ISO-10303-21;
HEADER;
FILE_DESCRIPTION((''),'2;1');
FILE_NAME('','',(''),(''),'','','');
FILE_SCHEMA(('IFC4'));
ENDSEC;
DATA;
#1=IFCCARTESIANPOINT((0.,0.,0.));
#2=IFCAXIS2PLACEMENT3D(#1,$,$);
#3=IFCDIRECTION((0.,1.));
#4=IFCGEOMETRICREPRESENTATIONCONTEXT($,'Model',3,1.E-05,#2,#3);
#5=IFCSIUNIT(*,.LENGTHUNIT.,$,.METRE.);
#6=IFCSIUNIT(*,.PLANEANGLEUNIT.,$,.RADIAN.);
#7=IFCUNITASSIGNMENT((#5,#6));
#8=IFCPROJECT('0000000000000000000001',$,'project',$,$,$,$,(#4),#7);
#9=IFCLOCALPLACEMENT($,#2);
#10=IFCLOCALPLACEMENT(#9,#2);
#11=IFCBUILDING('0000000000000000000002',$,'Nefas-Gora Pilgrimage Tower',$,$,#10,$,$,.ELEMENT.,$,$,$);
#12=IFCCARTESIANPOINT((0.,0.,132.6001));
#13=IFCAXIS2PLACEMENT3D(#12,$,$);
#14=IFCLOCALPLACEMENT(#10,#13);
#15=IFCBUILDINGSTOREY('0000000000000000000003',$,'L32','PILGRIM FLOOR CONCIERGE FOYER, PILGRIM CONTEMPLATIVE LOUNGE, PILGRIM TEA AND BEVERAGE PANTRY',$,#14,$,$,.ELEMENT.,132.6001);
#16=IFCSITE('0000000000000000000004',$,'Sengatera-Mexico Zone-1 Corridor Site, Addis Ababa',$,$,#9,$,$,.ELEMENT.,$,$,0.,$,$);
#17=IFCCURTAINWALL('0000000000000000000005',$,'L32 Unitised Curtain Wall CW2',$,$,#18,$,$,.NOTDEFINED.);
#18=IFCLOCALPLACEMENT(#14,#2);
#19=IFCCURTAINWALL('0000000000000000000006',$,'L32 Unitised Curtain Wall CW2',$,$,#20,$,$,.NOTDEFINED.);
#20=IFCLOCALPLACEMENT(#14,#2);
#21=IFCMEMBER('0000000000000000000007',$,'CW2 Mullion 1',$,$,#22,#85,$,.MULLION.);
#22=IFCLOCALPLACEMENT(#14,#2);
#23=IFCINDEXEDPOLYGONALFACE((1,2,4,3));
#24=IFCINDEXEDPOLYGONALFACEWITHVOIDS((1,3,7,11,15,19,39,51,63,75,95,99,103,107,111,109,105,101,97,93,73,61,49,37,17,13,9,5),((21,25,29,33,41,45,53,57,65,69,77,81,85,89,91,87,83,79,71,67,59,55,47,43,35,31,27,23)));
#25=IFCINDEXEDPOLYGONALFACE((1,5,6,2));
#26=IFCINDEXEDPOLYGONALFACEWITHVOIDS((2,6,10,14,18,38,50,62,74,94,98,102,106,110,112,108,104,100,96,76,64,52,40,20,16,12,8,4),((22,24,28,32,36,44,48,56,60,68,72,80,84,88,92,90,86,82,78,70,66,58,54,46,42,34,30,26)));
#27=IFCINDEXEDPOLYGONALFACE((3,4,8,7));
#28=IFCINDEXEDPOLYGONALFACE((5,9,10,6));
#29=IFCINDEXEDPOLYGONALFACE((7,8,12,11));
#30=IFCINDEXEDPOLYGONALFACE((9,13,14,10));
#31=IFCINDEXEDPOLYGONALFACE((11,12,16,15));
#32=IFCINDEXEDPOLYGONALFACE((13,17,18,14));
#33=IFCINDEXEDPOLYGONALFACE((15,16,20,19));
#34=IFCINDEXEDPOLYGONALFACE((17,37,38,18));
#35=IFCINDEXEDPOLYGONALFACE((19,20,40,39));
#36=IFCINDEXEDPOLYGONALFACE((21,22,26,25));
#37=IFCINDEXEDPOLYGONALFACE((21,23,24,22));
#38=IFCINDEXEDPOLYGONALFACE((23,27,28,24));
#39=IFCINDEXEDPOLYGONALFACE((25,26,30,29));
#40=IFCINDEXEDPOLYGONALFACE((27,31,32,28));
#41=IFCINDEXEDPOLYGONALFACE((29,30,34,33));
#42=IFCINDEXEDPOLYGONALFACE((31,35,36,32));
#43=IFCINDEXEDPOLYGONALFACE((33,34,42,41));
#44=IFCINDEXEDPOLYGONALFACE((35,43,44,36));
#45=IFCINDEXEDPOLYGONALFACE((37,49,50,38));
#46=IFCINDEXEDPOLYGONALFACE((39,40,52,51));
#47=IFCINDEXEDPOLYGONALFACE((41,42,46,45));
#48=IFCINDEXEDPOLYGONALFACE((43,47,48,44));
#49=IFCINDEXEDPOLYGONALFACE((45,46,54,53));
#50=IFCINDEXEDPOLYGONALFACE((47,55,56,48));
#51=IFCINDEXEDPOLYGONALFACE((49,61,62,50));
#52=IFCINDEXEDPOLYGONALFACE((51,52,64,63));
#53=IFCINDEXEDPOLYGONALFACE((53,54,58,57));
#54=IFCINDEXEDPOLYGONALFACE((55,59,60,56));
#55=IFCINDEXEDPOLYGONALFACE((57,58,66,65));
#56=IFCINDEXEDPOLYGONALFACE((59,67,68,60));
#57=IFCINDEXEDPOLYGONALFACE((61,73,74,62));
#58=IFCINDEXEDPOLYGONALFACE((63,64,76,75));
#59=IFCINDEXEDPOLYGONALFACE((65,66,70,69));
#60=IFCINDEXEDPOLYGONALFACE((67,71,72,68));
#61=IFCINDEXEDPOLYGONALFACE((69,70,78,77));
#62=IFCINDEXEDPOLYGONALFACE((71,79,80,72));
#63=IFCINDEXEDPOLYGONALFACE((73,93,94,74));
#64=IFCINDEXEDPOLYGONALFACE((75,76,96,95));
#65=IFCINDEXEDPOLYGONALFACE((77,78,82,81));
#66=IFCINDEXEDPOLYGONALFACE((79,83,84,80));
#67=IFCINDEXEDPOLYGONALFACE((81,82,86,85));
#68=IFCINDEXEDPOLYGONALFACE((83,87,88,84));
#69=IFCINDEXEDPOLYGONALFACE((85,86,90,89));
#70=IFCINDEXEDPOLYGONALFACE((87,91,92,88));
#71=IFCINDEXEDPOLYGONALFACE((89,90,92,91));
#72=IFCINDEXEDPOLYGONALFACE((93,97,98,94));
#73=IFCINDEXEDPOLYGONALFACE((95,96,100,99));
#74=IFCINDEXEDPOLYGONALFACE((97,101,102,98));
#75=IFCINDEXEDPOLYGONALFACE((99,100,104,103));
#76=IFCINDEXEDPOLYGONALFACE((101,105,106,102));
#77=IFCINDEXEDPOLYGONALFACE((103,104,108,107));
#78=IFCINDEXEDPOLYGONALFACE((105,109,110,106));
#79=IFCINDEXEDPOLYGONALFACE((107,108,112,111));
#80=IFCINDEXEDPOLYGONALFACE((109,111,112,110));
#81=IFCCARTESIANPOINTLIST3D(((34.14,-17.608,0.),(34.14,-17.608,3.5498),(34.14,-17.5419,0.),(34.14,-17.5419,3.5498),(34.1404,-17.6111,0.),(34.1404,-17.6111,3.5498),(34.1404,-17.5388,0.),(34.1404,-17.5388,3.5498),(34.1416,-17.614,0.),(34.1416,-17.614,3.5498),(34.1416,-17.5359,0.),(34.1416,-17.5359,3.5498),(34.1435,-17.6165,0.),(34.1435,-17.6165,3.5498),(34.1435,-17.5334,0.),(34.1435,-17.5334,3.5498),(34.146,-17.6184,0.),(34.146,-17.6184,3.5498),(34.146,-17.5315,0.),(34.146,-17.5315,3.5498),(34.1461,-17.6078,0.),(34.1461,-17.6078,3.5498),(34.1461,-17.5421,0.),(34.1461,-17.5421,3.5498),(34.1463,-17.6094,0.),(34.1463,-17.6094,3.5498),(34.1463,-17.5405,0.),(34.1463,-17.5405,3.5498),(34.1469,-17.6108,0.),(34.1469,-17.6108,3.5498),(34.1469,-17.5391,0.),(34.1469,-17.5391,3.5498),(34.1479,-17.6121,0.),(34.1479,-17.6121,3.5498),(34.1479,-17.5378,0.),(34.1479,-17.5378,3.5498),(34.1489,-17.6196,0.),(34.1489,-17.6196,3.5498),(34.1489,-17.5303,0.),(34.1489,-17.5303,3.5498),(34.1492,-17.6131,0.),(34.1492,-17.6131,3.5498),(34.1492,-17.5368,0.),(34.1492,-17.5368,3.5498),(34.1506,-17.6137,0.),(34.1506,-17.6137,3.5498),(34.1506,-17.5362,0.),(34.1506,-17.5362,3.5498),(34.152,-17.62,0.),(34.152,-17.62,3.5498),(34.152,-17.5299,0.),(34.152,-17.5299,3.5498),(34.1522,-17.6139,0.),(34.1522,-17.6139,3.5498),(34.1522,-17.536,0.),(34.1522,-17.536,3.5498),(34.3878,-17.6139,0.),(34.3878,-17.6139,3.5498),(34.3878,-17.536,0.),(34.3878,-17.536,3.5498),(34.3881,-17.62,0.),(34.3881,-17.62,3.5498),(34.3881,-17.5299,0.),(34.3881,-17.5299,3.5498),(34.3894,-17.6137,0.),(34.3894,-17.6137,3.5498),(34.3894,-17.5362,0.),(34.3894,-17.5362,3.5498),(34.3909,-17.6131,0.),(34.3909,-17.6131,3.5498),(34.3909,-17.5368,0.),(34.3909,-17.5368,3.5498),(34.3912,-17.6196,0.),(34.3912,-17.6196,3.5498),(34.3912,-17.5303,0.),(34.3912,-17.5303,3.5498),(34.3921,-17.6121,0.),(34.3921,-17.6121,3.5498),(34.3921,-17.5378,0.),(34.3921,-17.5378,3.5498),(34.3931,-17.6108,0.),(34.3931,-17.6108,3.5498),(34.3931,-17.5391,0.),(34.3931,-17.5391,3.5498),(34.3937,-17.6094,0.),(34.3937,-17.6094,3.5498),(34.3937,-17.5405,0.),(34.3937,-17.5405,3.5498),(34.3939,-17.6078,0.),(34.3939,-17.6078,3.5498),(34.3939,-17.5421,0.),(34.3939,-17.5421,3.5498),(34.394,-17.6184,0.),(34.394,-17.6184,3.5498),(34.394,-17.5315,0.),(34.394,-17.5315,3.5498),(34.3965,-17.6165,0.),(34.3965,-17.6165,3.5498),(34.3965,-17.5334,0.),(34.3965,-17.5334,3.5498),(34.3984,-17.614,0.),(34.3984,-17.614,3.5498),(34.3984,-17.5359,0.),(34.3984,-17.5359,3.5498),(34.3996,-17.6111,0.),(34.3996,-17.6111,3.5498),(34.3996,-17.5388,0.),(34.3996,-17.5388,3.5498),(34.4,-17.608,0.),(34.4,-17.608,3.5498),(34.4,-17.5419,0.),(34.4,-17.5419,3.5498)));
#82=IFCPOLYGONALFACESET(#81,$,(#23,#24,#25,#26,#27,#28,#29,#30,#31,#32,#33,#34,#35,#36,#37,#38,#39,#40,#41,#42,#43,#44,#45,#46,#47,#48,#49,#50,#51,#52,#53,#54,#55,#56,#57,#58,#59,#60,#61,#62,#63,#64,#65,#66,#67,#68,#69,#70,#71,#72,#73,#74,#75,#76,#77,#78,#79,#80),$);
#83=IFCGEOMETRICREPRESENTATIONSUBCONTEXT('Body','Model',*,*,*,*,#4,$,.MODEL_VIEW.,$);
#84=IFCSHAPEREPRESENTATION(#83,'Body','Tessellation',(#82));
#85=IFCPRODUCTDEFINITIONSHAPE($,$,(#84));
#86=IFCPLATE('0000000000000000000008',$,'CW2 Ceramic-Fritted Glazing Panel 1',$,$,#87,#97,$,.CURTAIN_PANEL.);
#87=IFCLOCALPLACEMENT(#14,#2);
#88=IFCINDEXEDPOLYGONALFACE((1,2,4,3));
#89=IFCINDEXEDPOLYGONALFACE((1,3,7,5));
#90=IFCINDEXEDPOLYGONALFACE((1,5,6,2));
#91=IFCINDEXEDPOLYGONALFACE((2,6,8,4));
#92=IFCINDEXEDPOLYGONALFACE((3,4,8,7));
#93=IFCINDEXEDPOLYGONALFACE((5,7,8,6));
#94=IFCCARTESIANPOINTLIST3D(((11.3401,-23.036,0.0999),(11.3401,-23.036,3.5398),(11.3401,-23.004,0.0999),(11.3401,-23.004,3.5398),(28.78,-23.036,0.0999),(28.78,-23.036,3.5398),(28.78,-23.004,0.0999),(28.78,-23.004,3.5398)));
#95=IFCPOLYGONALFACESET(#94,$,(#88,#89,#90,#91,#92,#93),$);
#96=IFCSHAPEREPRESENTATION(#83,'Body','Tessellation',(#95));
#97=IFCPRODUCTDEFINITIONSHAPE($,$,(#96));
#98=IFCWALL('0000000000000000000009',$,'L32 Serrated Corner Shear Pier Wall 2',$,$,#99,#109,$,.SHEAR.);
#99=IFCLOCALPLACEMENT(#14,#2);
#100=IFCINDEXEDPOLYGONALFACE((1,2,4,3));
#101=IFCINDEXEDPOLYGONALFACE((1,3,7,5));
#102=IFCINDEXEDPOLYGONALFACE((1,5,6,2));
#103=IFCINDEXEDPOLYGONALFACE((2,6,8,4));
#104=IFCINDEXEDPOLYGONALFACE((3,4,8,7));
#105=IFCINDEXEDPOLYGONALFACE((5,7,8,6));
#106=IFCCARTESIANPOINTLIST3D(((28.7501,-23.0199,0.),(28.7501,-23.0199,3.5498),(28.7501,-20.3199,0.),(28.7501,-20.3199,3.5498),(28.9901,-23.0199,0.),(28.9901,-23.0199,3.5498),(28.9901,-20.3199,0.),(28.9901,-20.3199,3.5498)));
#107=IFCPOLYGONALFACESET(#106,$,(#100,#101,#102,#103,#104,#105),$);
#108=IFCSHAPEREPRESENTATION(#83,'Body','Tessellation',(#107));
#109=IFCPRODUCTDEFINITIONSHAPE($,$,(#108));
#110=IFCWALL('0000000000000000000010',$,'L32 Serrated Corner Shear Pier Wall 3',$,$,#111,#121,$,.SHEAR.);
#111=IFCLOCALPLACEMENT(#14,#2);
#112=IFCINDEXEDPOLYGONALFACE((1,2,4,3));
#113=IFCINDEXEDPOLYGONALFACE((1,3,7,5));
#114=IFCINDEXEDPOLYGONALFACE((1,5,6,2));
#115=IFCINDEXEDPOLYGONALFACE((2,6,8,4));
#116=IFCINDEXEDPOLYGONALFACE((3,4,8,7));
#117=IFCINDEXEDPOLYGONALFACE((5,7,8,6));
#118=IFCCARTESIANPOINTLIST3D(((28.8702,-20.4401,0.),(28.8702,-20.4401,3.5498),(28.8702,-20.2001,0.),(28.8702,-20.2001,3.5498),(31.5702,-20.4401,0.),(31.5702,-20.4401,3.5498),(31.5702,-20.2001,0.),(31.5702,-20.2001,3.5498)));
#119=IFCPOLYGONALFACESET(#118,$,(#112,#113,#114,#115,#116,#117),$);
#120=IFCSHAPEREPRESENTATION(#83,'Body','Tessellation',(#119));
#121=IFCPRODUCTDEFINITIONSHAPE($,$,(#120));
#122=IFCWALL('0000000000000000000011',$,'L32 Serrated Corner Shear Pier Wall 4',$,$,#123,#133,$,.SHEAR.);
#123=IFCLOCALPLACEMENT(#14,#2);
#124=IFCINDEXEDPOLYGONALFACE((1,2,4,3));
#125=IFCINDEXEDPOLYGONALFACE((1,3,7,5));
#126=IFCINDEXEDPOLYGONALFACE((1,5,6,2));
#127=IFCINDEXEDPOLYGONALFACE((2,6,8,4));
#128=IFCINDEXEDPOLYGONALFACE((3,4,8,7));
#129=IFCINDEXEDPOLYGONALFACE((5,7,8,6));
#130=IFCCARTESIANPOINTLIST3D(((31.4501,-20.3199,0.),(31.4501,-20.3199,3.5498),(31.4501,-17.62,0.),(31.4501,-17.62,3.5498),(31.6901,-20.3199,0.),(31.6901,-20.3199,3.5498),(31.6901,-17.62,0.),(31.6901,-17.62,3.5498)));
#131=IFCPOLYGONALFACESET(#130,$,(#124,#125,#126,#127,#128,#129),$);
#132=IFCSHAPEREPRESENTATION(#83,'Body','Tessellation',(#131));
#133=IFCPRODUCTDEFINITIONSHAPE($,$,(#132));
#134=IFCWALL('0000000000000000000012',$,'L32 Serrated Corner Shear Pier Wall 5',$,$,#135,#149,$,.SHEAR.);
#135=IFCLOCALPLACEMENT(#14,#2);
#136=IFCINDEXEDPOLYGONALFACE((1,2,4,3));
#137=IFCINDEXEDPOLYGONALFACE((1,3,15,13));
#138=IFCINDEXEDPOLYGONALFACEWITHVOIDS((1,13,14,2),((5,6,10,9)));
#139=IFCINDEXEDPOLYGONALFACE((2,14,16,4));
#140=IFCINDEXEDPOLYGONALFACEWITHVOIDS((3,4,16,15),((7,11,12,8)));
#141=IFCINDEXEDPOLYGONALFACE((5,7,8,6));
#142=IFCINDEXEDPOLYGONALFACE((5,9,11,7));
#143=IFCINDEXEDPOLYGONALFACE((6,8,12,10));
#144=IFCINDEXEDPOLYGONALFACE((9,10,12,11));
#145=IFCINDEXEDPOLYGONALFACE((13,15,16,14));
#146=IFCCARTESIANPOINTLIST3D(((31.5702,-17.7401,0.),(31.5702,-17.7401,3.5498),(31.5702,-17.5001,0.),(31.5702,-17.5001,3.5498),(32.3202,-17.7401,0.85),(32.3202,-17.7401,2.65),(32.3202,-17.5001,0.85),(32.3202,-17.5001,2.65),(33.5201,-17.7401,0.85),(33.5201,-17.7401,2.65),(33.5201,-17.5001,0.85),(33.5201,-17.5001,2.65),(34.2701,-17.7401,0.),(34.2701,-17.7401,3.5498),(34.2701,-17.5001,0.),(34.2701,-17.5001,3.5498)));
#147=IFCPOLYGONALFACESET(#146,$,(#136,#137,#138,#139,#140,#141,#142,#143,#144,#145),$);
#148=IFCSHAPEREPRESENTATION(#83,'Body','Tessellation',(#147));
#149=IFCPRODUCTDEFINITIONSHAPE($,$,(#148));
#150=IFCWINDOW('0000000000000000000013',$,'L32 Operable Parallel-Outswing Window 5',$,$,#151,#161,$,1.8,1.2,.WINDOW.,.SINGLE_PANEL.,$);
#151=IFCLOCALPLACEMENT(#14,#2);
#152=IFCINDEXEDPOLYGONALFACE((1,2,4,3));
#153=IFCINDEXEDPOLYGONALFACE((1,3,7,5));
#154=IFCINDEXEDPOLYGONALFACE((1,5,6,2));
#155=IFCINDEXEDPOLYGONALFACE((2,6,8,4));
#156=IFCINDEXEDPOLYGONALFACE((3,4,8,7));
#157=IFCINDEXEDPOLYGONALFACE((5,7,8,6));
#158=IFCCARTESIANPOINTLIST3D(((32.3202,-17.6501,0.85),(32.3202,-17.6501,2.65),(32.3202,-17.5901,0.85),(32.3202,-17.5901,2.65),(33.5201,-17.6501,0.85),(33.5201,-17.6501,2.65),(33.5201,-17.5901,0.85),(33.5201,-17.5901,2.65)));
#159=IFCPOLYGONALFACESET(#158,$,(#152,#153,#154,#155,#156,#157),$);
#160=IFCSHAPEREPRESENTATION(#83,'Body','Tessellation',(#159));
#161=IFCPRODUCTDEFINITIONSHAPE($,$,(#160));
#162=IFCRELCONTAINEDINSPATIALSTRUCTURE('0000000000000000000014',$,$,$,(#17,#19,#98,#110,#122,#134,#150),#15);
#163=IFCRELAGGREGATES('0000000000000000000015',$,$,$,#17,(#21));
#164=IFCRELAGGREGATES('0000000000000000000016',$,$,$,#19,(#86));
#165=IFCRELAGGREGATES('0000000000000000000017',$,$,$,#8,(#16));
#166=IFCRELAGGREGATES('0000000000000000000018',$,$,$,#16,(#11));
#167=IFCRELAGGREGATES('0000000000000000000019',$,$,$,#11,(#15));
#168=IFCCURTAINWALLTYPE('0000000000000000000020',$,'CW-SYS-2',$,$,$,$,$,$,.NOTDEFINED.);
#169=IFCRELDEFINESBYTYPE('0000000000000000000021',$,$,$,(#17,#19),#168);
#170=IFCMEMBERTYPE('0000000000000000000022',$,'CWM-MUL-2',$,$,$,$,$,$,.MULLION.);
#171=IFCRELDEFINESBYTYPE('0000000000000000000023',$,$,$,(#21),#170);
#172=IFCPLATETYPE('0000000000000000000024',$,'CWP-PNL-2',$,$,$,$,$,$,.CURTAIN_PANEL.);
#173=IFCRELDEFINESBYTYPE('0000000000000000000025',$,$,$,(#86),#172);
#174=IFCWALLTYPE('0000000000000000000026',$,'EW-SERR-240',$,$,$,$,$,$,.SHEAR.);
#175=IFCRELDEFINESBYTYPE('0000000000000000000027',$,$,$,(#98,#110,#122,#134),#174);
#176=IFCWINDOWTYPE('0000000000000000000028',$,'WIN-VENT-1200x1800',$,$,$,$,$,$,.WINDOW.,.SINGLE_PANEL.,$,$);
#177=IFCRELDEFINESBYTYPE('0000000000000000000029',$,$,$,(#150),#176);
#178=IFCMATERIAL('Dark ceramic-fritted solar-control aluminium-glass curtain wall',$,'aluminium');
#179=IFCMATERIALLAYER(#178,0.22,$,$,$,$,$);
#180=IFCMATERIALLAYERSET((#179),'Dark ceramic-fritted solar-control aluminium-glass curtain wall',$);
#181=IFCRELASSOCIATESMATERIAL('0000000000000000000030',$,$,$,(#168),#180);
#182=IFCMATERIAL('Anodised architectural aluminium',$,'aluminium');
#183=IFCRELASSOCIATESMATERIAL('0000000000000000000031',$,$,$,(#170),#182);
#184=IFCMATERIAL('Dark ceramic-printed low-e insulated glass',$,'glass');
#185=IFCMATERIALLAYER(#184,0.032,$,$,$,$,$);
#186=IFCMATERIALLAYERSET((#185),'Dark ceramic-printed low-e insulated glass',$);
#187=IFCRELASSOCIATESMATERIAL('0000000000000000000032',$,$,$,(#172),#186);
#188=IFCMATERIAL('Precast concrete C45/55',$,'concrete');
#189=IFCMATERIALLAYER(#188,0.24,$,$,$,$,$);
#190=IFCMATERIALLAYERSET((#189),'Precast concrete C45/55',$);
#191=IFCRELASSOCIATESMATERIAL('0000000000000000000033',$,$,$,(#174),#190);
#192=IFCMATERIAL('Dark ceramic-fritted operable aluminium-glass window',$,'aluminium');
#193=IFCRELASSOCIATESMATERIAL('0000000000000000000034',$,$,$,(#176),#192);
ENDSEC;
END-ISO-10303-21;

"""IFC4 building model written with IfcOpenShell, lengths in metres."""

from ifc_helpers import new_model, si_unit, direction, frame, frame_2d, origin, origin_2d, place, context, subcontext, project, spatial, rectangle, hollow_rectangle, extrude, source, transform, mapped, material, layer, layer_set, material_profile, profile_set, type_object, element, fill, aggregate, save


model = new_model("IFC4")

# Units and contexts
model_context = context("Model", 3, precision=1e-05, world=origin(), true_north=direction((0.0, 1.0)))
body_context = subcontext(model_context, "Body", "Model", "MODEL_VIEW")
ifc_project = project(units=[si_unit("LENGTHUNIT", "METRE"), si_unit("PLANEANGLEUNIT", "RADIAN")], contexts=[model_context])

# Site, building, storey
site_placement = place(None, origin())
site = spatial("IfcSite", under=ifc_project, at=site_placement, Name="Sengatera-Mexico Zone-1 Corridor Site, Addis Ababa", CompositionType="ELEMENT", RefElevation=0.0)
building_placement = place(site_placement, origin())
building = spatial("IfcBuilding", under=site, at=building_placement, Name="Nefas-Gora Pilgrimage Tower", CompositionType="ELEMENT")
storey_placement = place(building_placement, frame((0.0, 0.0, 132.6001)))
storey = spatial("IfcBuildingStorey", under=building, at=storey_placement, Name="L32", Description="PILGRIM FLOOR CONCIERGE FOYER, PILGRIM CONTEMPLATIVE LOUNGE, PILGRIM TEA AND BEVERAGE PANTRY", CompositionType="ELEMENT", Elevation=132.6001)

# Curtain walls
ifc_material_1 = material(Name="Dark ceramic-fritted solar-control aluminium-glass curtain wall", Category="aluminium")
ifc_layer_1 = layer(ifc_material_1, 0.22)
ifc_layer_set_1 = layer_set([ifc_layer_1], Name="Dark ceramic-fritted solar-control aluminium-glass curtain wall")
curtain_wall_type = type_object("IfcCurtainWallType", Name="CW-SYS-2", PredefinedType="NOTDEFINED", material=ifc_layer_set_1)
curtain_wall_1_placement = place(storey_placement, origin())
curtain_wall_1 = element("IfcCurtainWall", 1, at=curtain_wall_1_placement, inside=storey, type_object=curtain_wall_type, Name="L32 Unitised Curtain Wall CW2", PredefinedType="NOTDEFINED")
ifc_material_2 = material(Name="Anodised architectural aluminium", Category="aluminium")
curtain_wall_2_placement = place(storey_placement, origin())
curtain_wall_2 = element("IfcCurtainWall", 2, at=curtain_wall_2_placement, inside=storey, type_object=curtain_wall_type, Name="L32 Unitised Curtain Wall CW2", PredefinedType="NOTDEFINED")
ifc_material_profile_1 = material_profile(ifc_material_2, hollow_rectangle(XDim=0.0901, YDim=0.26, WallThickness=0.0061, InnerFilletRadius=0.0061, OuterFilletRadius=0.012, at=origin_2d()), Name="ALU MULLION 90x260")
ifc_profile_set_1 = profile_set([ifc_material_profile_1], Name="Anodised architectural aluminium")
member_type_1 = type_object("IfcMemberType", Name="CWM-MUL-2", PredefinedType="MULLION", material=ifc_profile_set_1)
shared_shape_1 = source(origin(), body_context, "Body", "SweptSolid", [
    extrude(hollow_rectangle(XDim=0.0901, YDim=0.26, WallThickness=0.0061, InnerFilletRadius=0.0061, OuterFilletRadius=0.012, at=origin_2d()), origin(), (0.0, 0.0, 1.0), 3.5498),
])

# Member
member_1_placement = place(storey_placement, frame((34.27, -17.575, 0.0), z_axis=(0.0, 0.0, 1.0), x_axis=(0.0, 1.0, 0.0)))
member_1 = element("IfcMember", 3, at=member_1_placement, type_object=member_type_1, Name="CW2 Mullion 1", PredefinedType="MULLION", context=body_context, shape_type="MappedRepresentation", body=[
    mapped(shared_shape_1, transform((0.0, 0.0, 0.0), x_axis=(1.0, 0.0, 0.0), y_axis=(0.0, 1.0, 0.0), z_axis=(0.0, 0.0, 1.0), scale=1.0)),
])
aggregate(curtain_wall_1, [member_1])

# Plate
ifc_material_3 = material(Name="Dark ceramic-printed low-e insulated glass", Category="glass")
ifc_layer_2 = layer(ifc_material_3, 0.032)
ifc_layer_set_2 = layer_set([ifc_layer_2], Name="Dark ceramic-printed low-e insulated glass")
plate_type = type_object("IfcPlateType", Name="CWP-PNL-2", PredefinedType="CURTAIN_PANEL", material=ifc_layer_set_2)
shared_shape_2 = source(origin(), body_context, "Body", "SweptSolid", [
    extrude(rectangle(XDim=17.4399, YDim=0.032, at=origin_2d()), origin(), (0.0, 0.0, 1.0), 3.4399),
])
plate_placement = place(storey_placement, frame((20.0601, -23.02, 0.0999), z_axis=(0.0, 0.0, 1.0), x_axis=(1.0, 0.0, 0.0)))
plate = element("IfcPlate", 4, at=plate_placement, type_object=plate_type, Name="CW2 Ceramic-Fritted Glazing Panel 1", PredefinedType="CURTAIN_PANEL", context=body_context, shape_type="MappedRepresentation", body=[
    mapped(shared_shape_2, transform((0.0, 0.0, 0.0), x_axis=(1.0, 0.0, 0.0), y_axis=(0.0, 1.0, 0.0), z_axis=(0.0, 0.0, 1.0), scale=1.0)),
])
aggregate(curtain_wall_2, [plate])

# Walls
ifc_material_4 = material(Name="Precast concrete C45/55", Category="concrete")
ifc_layer_3 = layer(ifc_material_4, 0.24)
ifc_layer_set_3 = layer_set([ifc_layer_3], Name="Precast concrete C45/55")
wall_type_1 = type_object("IfcWallType", Name="EW-SERR-240", PredefinedType="SHEAR", material=ifc_layer_set_3)
shared_shape_3 = source(origin(), body_context, "Body", "SweptSolid", [
    extrude(rectangle(XDim=2.7, YDim=0.24, at=frame_2d((1.3501, 0.0))), origin(), (0.0, 0.0, 1.0), 3.5498),
])
for number, where, z_axis, x_axis, name in (
    (5, (28.8701, -23.02, 0.0), (0.0, 0.0, 1.0), (0.0, 1.0, 0.0), "L32 Serrated Corner Shear Pier Wall 2"),
    (6, (28.8701, -20.3201, 0.0), (0.0, 0.0, 1.0), (1.0, 0.0, 0.0), "L32 Serrated Corner Shear Pier Wall 3"),
    (7, (31.5701, -20.3201, 0.0), (0.0, 0.0, 1.0), (0.0, 1.0, 0.0), "L32 Serrated Corner Shear Pier Wall 4"),
):
    element("IfcWall", number, at=place(storey_placement, frame(where, z_axis=z_axis, x_axis=x_axis)), inside=storey, type_object=wall_type_1, Name=name, PredefinedType="SHEAR", context=body_context, shape_type="MappedRepresentation", body=[
        mapped(shared_shape_3, transform((0.0, 0.0, 0.0), x_axis=(1.0, 0.0, 0.0), y_axis=(0.0, 1.0, 0.0), z_axis=(0.0, 0.0, 1.0), scale=1.0)),
    ])

# Wall, opening, window
wall_1_placement = place(storey_placement, frame((31.5701, -17.6201, 0.0), z_axis=(0.0, 0.0, 1.0), x_axis=(1.0, 0.0, 0.0)))
wall_1 = element("IfcWall", 8, at=wall_1_placement, inside=storey, type_object=wall_type_1, Name="L32 Serrated Corner Shear Pier Wall 5", PredefinedType="SHEAR", context=body_context, shape_type="MappedRepresentation", body=[
    mapped(shared_shape_3, transform((0.0, 0.0, 0.0), x_axis=(1.0, 0.0, 0.0), y_axis=(0.0, 1.0, 0.0), z_axis=(0.0, 0.0, 1.0), scale=1.0)),
])
opening_1_placement = place(wall_1_placement, frame((0.75, 0.0, 0.8501)))
opening_1 = element("IfcOpeningElement", 9, at=opening_1_placement, cuts=wall_1, PredefinedType="OPENING", context=body_context, shape_type="SweptSolid", body=[
    extrude(rectangle(XDim=1.2, YDim=1.8, at=frame_2d((0.6001, 0.8999))), frame((0.0, 0.1299, 0.0), z_axis=(0.0, -1.0, 0.0), x_axis=(1.0, 0.0, 0.0)), (0.0, 0.0, 1.0), 0.26),
])
ifc_material_5 = material(Name="Dark ceramic-fritted operable aluminium-glass window", Category="aluminium")
window_type = type_object("IfcWindowType", Name="WIN-VENT-1200x1800", PartitioningType="SINGLE_PANEL", PredefinedType="WINDOW", material=ifc_material_5)
shared_shape_4 = source(origin(), body_context, "Body", "SweptSolid", [
    extrude(rectangle(XDim=1.2, YDim=1.8, at=frame_2d((0.6001, 0.8999))), frame((0.0, 0.03, 0.0), z_axis=(0.0, -1.0, 0.0), x_axis=(1.0, 0.0, 0.0)), (0.0, 0.0, 1.0), 0.0601),
])
window_placement = place(opening_1_placement, origin())
window = element("IfcWindow", 10, at=window_placement, inside=storey, type_object=window_type, Name="L32 Operable Parallel-Outswing Window 5", OverallHeight=1.8, OverallWidth=1.2, PartitioningType="SINGLE_PANEL", PredefinedType="WINDOW", context=body_context, shape_type="MappedRepresentation", body=[
    mapped(shared_shape_4, transform((0.0, 0.0, 0.0), x_axis=(1.0, 0.0, 0.0), y_axis=(0.0, 1.0, 0.0), z_axis=(0.0, 0.0, 1.0), scale=1.0)),
])
fill(opening_1, window)

save(model, "model.ifc")
